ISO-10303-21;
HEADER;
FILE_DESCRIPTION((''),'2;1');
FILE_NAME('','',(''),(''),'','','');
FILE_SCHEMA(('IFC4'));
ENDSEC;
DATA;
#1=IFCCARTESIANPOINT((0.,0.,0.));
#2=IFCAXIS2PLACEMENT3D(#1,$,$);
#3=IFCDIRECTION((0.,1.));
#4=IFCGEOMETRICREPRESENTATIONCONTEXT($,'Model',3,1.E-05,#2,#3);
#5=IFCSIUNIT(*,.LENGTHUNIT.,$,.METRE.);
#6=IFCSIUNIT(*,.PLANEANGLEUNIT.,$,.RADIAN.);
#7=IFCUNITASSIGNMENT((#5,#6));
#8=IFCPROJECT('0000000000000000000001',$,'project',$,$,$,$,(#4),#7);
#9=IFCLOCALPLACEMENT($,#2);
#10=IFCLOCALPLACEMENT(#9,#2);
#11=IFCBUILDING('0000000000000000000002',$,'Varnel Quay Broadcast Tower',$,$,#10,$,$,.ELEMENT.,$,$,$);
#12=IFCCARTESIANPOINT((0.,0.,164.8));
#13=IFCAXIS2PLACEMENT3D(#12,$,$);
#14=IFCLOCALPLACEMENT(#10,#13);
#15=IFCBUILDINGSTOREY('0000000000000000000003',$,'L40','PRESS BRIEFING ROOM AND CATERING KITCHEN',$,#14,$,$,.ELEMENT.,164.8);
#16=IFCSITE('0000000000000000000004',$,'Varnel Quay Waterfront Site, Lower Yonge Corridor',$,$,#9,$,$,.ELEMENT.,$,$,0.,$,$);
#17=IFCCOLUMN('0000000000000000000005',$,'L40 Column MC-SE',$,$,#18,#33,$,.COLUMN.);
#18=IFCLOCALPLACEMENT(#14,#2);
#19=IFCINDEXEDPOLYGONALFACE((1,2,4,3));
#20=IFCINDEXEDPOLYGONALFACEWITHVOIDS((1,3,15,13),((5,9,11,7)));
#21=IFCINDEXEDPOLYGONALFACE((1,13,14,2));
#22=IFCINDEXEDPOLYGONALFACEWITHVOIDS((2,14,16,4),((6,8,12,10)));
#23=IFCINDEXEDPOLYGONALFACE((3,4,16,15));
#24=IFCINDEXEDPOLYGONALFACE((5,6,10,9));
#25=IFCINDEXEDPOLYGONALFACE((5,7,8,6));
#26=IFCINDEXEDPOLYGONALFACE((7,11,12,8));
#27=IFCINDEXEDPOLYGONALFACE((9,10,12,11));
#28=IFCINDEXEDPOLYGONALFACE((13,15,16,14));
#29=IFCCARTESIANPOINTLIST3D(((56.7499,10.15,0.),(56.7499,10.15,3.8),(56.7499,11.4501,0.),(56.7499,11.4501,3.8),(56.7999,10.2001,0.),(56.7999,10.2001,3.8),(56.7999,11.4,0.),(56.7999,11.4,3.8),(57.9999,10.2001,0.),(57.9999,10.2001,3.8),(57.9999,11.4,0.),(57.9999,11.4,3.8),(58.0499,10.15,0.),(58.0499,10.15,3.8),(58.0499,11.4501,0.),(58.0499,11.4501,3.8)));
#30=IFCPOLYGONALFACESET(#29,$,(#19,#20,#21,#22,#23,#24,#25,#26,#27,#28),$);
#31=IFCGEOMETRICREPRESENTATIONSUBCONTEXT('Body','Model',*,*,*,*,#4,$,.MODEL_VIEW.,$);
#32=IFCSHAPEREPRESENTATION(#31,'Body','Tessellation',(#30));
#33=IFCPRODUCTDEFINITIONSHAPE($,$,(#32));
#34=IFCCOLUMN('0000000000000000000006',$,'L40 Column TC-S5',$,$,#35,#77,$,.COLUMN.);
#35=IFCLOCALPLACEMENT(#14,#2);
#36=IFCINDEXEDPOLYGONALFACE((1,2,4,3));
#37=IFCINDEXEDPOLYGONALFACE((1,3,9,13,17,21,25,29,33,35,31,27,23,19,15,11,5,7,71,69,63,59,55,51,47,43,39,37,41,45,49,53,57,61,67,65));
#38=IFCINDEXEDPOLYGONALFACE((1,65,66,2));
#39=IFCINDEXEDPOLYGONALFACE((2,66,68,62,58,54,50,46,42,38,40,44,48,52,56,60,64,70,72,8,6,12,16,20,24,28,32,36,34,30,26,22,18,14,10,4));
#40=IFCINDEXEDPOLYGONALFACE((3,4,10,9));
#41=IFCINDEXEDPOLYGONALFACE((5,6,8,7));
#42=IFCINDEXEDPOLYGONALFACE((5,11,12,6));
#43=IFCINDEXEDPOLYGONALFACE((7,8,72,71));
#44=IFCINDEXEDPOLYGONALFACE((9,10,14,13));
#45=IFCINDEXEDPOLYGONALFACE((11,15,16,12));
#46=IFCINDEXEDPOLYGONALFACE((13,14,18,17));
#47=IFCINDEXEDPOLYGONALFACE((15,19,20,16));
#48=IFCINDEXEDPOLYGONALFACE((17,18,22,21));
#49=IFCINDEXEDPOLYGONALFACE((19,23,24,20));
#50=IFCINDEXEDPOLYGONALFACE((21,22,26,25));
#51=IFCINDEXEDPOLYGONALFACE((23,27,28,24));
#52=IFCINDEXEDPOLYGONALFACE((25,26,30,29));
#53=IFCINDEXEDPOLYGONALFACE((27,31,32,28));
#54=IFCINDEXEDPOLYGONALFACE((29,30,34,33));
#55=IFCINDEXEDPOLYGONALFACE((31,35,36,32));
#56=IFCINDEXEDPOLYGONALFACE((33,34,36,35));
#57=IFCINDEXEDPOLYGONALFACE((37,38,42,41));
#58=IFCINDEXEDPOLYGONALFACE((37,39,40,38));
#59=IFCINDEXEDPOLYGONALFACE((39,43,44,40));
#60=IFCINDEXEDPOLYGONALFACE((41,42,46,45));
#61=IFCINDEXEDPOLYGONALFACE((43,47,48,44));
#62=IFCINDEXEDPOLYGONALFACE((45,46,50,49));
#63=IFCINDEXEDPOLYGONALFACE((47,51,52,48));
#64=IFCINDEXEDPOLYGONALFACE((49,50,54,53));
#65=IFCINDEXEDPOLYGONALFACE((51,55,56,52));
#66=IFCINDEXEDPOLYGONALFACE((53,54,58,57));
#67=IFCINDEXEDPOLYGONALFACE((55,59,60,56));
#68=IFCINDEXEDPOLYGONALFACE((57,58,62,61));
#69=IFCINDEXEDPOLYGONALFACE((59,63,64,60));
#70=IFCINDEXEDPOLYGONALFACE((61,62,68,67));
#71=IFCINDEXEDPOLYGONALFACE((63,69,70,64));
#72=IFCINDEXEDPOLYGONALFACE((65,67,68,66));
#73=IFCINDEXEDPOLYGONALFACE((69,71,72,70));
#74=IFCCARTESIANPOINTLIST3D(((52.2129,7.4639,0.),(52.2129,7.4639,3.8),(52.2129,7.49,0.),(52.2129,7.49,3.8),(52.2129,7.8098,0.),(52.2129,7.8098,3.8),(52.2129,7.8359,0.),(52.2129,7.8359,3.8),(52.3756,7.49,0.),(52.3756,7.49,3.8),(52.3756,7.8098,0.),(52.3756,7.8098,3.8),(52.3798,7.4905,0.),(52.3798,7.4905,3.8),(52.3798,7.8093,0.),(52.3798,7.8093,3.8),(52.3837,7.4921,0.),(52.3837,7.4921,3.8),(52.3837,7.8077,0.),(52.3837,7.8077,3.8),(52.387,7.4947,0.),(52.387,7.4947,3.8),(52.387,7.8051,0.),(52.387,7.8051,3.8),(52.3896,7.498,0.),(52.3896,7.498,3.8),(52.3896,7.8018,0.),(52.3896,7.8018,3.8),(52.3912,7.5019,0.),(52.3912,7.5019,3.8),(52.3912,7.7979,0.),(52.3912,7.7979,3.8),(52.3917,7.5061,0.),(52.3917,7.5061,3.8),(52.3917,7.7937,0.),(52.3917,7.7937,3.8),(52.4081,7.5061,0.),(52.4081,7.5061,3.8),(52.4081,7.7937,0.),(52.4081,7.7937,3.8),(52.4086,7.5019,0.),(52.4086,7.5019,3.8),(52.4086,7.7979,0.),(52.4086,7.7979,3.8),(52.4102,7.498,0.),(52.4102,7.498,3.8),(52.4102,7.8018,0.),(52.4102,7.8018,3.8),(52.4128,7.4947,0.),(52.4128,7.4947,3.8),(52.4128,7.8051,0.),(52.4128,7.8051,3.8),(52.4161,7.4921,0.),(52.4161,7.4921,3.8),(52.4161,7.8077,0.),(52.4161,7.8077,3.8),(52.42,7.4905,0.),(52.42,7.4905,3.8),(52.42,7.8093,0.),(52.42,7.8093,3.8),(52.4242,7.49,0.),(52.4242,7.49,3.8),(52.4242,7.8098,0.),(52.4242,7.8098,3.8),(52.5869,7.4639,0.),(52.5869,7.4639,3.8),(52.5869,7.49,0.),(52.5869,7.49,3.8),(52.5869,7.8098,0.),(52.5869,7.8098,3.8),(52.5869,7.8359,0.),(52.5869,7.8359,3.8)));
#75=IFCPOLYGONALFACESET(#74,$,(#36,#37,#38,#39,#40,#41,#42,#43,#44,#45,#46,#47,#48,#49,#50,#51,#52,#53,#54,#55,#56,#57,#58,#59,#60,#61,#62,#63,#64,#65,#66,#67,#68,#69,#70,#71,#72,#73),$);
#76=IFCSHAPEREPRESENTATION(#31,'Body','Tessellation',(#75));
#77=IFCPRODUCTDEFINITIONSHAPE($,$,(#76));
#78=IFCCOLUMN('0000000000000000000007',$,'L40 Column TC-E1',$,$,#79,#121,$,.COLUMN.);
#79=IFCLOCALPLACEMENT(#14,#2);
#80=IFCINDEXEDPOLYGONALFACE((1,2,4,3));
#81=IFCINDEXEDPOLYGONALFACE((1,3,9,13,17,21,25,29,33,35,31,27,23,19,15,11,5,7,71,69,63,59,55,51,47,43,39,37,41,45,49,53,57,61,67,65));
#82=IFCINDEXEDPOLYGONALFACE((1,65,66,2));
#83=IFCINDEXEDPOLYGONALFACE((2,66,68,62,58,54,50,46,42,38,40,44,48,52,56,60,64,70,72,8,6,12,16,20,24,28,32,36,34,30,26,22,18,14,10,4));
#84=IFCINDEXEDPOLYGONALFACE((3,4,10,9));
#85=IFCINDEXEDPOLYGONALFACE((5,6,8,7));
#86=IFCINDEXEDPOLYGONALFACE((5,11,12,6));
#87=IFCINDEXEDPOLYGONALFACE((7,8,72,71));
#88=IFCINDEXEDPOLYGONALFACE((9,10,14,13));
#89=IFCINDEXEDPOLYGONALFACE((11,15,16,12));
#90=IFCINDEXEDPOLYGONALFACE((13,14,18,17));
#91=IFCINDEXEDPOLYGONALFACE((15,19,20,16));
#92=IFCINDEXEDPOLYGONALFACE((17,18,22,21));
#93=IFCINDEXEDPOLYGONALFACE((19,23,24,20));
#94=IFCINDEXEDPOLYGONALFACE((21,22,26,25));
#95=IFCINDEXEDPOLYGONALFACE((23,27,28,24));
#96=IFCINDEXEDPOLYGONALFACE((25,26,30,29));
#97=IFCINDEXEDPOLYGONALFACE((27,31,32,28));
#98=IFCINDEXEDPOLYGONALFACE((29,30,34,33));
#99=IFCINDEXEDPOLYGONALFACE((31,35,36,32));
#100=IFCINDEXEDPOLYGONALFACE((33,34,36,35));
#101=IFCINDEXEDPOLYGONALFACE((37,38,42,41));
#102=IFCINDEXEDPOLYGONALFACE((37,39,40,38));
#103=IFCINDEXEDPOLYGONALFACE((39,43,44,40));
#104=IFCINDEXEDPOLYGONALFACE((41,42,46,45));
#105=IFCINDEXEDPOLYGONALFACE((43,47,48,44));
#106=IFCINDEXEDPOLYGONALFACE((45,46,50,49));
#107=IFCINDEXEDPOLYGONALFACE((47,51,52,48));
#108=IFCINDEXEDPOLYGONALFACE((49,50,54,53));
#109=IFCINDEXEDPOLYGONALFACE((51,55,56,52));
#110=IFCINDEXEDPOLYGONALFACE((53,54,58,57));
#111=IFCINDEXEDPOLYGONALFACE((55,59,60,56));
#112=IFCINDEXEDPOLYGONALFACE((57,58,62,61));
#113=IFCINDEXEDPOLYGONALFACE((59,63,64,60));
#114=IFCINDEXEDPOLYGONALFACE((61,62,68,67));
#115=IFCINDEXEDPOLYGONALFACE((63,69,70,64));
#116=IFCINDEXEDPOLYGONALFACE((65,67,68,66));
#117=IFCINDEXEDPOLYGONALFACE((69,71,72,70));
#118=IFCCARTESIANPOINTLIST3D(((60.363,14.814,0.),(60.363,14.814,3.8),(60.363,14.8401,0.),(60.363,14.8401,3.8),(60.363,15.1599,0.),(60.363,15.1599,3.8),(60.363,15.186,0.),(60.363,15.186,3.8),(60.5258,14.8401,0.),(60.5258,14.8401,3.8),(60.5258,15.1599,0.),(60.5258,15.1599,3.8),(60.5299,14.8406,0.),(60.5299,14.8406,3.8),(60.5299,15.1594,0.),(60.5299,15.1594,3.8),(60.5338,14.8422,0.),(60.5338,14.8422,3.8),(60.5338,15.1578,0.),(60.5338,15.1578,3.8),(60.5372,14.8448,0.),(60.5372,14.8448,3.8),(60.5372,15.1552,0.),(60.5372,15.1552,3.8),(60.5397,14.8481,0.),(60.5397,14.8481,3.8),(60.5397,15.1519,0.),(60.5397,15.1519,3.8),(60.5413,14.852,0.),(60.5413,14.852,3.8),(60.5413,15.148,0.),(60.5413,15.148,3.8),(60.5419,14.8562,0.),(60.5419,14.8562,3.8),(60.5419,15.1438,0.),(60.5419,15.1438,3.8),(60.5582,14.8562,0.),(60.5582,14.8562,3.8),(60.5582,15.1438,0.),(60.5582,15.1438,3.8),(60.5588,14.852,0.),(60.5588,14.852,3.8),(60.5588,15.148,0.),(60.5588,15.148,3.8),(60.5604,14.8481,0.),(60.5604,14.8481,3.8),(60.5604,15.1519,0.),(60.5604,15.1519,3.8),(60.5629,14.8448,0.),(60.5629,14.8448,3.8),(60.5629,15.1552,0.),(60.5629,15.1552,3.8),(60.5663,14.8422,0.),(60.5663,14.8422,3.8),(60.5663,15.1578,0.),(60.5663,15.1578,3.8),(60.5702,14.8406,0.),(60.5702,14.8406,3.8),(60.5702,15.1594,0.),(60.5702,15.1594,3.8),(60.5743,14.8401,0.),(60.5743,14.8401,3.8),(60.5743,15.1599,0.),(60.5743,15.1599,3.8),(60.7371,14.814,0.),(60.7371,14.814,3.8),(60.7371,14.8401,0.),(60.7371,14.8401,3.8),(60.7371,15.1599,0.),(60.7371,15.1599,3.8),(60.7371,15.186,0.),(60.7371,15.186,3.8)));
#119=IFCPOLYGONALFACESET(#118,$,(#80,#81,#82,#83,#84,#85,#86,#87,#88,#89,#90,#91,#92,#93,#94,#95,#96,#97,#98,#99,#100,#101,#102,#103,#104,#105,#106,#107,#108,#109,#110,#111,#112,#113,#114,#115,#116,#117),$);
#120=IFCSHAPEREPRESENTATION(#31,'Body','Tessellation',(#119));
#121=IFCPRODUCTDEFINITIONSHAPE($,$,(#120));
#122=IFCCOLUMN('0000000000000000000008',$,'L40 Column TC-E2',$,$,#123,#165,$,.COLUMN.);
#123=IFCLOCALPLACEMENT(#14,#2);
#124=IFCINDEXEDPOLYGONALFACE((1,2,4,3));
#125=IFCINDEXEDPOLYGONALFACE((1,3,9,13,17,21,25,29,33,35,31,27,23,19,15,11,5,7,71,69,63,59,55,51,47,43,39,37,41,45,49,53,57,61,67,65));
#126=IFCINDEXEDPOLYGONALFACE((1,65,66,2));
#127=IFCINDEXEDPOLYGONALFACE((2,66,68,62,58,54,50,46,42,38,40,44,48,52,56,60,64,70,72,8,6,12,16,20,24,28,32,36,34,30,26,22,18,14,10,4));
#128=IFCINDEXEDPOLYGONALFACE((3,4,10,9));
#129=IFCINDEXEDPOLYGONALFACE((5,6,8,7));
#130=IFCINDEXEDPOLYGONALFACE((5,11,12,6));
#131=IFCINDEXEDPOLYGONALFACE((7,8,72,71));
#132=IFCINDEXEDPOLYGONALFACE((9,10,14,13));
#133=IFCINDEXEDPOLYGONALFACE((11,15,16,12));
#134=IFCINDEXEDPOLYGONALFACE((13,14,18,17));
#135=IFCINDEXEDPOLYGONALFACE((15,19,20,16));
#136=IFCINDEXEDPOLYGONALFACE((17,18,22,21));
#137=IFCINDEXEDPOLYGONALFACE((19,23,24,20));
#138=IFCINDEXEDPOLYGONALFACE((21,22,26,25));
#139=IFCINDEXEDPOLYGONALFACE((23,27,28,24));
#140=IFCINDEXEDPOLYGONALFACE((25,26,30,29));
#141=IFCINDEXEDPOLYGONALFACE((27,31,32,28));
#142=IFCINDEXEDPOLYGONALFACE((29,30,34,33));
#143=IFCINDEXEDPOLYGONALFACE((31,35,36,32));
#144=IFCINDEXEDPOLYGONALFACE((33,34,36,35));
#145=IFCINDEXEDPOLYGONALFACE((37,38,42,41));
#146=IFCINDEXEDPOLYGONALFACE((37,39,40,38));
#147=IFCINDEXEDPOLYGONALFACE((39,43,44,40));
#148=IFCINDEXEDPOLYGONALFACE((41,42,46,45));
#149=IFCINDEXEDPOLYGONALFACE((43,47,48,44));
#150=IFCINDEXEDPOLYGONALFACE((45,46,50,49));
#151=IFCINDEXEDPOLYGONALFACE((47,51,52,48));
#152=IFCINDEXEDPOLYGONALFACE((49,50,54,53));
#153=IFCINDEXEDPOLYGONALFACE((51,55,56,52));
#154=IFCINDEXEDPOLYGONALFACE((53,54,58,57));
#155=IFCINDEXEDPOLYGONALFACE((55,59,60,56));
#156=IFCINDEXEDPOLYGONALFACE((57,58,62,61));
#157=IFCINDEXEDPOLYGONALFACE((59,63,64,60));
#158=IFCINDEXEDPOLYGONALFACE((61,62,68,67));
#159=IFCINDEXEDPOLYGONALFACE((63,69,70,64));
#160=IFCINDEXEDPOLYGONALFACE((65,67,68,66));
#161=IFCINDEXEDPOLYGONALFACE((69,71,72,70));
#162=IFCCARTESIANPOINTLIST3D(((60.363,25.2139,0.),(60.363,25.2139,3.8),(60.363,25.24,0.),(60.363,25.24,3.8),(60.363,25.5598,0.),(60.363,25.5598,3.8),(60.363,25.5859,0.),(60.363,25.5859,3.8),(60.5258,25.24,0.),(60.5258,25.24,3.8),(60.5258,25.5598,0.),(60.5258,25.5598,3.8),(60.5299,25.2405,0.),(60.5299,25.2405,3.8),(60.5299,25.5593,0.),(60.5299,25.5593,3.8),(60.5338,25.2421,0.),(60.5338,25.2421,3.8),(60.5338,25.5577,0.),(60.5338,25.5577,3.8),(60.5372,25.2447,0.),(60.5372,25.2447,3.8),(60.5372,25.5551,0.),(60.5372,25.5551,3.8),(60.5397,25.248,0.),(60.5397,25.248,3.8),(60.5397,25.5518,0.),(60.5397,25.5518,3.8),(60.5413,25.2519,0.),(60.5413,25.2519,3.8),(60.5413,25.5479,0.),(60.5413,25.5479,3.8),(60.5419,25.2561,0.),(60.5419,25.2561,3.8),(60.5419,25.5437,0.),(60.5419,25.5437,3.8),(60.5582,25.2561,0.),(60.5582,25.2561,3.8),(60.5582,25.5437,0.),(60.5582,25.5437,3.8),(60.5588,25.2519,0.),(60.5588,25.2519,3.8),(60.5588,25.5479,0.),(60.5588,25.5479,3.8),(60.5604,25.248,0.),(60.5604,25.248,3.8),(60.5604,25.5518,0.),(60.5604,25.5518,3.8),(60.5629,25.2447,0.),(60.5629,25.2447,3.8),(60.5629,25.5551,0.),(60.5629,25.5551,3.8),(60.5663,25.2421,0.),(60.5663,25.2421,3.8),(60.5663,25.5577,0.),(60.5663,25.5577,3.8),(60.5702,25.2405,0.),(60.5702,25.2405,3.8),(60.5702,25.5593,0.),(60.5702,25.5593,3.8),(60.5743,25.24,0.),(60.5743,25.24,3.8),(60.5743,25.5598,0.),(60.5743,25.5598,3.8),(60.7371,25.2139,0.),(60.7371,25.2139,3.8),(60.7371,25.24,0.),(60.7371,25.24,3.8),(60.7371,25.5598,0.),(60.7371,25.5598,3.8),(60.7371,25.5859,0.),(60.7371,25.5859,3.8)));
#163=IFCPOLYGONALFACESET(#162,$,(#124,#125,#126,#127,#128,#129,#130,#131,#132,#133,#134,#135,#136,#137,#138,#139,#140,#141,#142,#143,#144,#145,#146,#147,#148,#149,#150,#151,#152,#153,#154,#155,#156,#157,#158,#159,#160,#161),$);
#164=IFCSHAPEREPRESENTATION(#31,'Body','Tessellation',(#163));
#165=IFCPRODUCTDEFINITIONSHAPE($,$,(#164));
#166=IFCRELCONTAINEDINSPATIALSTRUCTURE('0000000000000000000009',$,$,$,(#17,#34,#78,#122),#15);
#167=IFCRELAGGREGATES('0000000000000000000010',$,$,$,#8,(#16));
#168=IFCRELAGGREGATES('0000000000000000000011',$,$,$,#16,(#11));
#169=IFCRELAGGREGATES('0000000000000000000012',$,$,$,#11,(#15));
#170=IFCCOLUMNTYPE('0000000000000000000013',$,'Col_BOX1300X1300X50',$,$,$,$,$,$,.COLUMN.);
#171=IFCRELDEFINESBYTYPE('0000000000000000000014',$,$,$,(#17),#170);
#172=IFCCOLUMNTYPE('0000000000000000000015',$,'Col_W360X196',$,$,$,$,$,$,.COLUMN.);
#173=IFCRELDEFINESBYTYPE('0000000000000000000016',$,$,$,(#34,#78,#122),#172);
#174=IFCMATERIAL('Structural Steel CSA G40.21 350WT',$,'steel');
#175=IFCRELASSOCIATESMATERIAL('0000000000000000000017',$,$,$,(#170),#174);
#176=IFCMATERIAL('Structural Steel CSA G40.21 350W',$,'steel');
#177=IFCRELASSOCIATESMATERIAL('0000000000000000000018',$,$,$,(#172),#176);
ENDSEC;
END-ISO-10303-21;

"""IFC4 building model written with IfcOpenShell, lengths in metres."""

from ifc_helpers import new_model, si_unit, direction, frame, origin, origin_2d, place, context, subcontext, project, spatial, hollow_rectangle, i_section, extrude, source, transform, mapped, material, material_profile, profile_set, type_object, type_shapes, element, save


model = new_model("IFC4")

# Units and contexts
model_context = context("Model", 3, precision=1e-05, world=origin(), true_north=direction((0.0, 1.0)))
body_context = subcontext(model_context, "Body", "Model", "MODEL_VIEW")
ifc_project = project(units=[si_unit("LENGTHUNIT", "METRE"), si_unit("PLANEANGLEUNIT", "RADIAN")], contexts=[model_context])

# Site, building, storey
site_placement = place(None, origin())
site = spatial("IfcSite", under=ifc_project, at=site_placement, Name="Varnel Quay Waterfront Site, Lower Yonge Corridor", CompositionType="ELEMENT", RefElevation=0.0)
building_placement = place(site_placement, origin())
building = spatial("IfcBuilding", under=site, at=building_placement, Name="Varnel Quay Broadcast Tower", CompositionType="ELEMENT")
storey_placement = place(building_placement, frame((0.0, 0.0, 164.8)))
storey = spatial("IfcBuildingStorey", under=building, at=storey_placement, Name="L40", Description="PRESS BRIEFING ROOM AND CATERING KITCHEN", CompositionType="ELEMENT", Elevation=164.8)

# Columns
ifc_material_1 = material(Name="Structural Steel CSA G40.21 350WT", Category="steel")
ifc_material_profile_1 = material_profile(ifc_material_1, hollow_rectangle(XDim=1.3, YDim=1.3, WallThickness=0.05, at=origin_2d()), Name="BOX1300X1300X50")
ifc_profile_set_1 = profile_set([ifc_material_profile_1], Name="Structural Steel CSA G40.21 350WT")
column_type_1 = type_object("IfcColumnType", Name="Col_BOX1300X1300X50", PredefinedType="COLUMN", material=ifc_profile_set_1)
shared_shape_1 = source(origin(), body_context, "Body", "SweptSolid", [
    extrude(hollow_rectangle(XDim=1.3, YDim=1.3, WallThickness=0.05, at=origin_2d()), origin(), (0.0, 0.0, 1.0), 3.8),
])
type_shapes(column_type_1, [shared_shape_1])
column_placement = place(storey_placement, frame((57.3999, 10.8, 0.0), z_axis=(0.0, 0.0, 1.0), x_axis=(1.0, 0.0, 0.0)))
element("IfcColumn", 1, at=column_placement, inside=storey, type_object=column_type_1, Name="L40 Column MC-SE", PredefinedType="COLUMN", context=body_context, shape_type="MappedRepresentation", body=[
    mapped(shared_shape_1, transform((0.0, 0.0, 0.0), x_axis=(1.0, 0.0, 0.0), y_axis=(0.0, 1.0, 0.0), z_axis=(0.0, 0.0, 1.0), scale=1.0)),
])
ifc_material_2 = material(Name="Structural Steel CSA G40.21 350W", Category="steel")
ifc_material_profile_2 = material_profile(ifc_material_2, i_section(OverallWidth=0.374, OverallDepth=0.3721, WebThickness=0.0164, FlangeThickness=0.0261, FilletRadius=0.0161, at=origin_2d()), Name="W360X196")
ifc_profile_set_2 = profile_set([ifc_material_profile_2], Name="Structural Steel CSA G40.21 350W")
column_type_2 = type_object("IfcColumnType", Name="Col_W360X196", PredefinedType="COLUMN", material=ifc_profile_set_2)
shared_shape_2 = source(origin(), body_context, "Body", "SweptSolid", [
    extrude(i_section(OverallWidth=0.374, OverallDepth=0.3721, WebThickness=0.0164, FlangeThickness=0.0261, FilletRadius=0.0161, at=origin_2d()), origin(), (0.0, 0.0, 1.0), 3.8),
])
type_shapes(column_type_2, [shared_shape_2])
for number, where, z_axis, x_axis, name in (
    (2, (52.3999, 7.6499, 0.0), (0.0, 0.0, 1.0), (1.0, 0.0, 0.0), "L40 Column TC-S5"),
    (3, (60.55, 15.0, 0.0), (0.0, 0.0, 1.0), (1.0, 0.0, 0.0), "L40 Column TC-E1"),
    (4, (60.55, 25.3999, 0.0), (0.0, 0.0, 1.0), (1.0, 0.0, 0.0), "L40 Column TC-E2"),
):
    element("IfcColumn", number, at=place(storey_placement, frame(where, z_axis=z_axis, x_axis=x_axis)), inside=storey, type_object=column_type_2, Name=name, PredefinedType="COLUMN", context=body_context, shape_type="MappedRepresentation", body=[
        mapped(shared_shape_2, transform((0.0, 0.0, 0.0), x_axis=(1.0, 0.0, 0.0), y_axis=(0.0, 1.0, 0.0), z_axis=(0.0, 0.0, 1.0), scale=1.0)),
    ])

save(model, "model.ifc")
